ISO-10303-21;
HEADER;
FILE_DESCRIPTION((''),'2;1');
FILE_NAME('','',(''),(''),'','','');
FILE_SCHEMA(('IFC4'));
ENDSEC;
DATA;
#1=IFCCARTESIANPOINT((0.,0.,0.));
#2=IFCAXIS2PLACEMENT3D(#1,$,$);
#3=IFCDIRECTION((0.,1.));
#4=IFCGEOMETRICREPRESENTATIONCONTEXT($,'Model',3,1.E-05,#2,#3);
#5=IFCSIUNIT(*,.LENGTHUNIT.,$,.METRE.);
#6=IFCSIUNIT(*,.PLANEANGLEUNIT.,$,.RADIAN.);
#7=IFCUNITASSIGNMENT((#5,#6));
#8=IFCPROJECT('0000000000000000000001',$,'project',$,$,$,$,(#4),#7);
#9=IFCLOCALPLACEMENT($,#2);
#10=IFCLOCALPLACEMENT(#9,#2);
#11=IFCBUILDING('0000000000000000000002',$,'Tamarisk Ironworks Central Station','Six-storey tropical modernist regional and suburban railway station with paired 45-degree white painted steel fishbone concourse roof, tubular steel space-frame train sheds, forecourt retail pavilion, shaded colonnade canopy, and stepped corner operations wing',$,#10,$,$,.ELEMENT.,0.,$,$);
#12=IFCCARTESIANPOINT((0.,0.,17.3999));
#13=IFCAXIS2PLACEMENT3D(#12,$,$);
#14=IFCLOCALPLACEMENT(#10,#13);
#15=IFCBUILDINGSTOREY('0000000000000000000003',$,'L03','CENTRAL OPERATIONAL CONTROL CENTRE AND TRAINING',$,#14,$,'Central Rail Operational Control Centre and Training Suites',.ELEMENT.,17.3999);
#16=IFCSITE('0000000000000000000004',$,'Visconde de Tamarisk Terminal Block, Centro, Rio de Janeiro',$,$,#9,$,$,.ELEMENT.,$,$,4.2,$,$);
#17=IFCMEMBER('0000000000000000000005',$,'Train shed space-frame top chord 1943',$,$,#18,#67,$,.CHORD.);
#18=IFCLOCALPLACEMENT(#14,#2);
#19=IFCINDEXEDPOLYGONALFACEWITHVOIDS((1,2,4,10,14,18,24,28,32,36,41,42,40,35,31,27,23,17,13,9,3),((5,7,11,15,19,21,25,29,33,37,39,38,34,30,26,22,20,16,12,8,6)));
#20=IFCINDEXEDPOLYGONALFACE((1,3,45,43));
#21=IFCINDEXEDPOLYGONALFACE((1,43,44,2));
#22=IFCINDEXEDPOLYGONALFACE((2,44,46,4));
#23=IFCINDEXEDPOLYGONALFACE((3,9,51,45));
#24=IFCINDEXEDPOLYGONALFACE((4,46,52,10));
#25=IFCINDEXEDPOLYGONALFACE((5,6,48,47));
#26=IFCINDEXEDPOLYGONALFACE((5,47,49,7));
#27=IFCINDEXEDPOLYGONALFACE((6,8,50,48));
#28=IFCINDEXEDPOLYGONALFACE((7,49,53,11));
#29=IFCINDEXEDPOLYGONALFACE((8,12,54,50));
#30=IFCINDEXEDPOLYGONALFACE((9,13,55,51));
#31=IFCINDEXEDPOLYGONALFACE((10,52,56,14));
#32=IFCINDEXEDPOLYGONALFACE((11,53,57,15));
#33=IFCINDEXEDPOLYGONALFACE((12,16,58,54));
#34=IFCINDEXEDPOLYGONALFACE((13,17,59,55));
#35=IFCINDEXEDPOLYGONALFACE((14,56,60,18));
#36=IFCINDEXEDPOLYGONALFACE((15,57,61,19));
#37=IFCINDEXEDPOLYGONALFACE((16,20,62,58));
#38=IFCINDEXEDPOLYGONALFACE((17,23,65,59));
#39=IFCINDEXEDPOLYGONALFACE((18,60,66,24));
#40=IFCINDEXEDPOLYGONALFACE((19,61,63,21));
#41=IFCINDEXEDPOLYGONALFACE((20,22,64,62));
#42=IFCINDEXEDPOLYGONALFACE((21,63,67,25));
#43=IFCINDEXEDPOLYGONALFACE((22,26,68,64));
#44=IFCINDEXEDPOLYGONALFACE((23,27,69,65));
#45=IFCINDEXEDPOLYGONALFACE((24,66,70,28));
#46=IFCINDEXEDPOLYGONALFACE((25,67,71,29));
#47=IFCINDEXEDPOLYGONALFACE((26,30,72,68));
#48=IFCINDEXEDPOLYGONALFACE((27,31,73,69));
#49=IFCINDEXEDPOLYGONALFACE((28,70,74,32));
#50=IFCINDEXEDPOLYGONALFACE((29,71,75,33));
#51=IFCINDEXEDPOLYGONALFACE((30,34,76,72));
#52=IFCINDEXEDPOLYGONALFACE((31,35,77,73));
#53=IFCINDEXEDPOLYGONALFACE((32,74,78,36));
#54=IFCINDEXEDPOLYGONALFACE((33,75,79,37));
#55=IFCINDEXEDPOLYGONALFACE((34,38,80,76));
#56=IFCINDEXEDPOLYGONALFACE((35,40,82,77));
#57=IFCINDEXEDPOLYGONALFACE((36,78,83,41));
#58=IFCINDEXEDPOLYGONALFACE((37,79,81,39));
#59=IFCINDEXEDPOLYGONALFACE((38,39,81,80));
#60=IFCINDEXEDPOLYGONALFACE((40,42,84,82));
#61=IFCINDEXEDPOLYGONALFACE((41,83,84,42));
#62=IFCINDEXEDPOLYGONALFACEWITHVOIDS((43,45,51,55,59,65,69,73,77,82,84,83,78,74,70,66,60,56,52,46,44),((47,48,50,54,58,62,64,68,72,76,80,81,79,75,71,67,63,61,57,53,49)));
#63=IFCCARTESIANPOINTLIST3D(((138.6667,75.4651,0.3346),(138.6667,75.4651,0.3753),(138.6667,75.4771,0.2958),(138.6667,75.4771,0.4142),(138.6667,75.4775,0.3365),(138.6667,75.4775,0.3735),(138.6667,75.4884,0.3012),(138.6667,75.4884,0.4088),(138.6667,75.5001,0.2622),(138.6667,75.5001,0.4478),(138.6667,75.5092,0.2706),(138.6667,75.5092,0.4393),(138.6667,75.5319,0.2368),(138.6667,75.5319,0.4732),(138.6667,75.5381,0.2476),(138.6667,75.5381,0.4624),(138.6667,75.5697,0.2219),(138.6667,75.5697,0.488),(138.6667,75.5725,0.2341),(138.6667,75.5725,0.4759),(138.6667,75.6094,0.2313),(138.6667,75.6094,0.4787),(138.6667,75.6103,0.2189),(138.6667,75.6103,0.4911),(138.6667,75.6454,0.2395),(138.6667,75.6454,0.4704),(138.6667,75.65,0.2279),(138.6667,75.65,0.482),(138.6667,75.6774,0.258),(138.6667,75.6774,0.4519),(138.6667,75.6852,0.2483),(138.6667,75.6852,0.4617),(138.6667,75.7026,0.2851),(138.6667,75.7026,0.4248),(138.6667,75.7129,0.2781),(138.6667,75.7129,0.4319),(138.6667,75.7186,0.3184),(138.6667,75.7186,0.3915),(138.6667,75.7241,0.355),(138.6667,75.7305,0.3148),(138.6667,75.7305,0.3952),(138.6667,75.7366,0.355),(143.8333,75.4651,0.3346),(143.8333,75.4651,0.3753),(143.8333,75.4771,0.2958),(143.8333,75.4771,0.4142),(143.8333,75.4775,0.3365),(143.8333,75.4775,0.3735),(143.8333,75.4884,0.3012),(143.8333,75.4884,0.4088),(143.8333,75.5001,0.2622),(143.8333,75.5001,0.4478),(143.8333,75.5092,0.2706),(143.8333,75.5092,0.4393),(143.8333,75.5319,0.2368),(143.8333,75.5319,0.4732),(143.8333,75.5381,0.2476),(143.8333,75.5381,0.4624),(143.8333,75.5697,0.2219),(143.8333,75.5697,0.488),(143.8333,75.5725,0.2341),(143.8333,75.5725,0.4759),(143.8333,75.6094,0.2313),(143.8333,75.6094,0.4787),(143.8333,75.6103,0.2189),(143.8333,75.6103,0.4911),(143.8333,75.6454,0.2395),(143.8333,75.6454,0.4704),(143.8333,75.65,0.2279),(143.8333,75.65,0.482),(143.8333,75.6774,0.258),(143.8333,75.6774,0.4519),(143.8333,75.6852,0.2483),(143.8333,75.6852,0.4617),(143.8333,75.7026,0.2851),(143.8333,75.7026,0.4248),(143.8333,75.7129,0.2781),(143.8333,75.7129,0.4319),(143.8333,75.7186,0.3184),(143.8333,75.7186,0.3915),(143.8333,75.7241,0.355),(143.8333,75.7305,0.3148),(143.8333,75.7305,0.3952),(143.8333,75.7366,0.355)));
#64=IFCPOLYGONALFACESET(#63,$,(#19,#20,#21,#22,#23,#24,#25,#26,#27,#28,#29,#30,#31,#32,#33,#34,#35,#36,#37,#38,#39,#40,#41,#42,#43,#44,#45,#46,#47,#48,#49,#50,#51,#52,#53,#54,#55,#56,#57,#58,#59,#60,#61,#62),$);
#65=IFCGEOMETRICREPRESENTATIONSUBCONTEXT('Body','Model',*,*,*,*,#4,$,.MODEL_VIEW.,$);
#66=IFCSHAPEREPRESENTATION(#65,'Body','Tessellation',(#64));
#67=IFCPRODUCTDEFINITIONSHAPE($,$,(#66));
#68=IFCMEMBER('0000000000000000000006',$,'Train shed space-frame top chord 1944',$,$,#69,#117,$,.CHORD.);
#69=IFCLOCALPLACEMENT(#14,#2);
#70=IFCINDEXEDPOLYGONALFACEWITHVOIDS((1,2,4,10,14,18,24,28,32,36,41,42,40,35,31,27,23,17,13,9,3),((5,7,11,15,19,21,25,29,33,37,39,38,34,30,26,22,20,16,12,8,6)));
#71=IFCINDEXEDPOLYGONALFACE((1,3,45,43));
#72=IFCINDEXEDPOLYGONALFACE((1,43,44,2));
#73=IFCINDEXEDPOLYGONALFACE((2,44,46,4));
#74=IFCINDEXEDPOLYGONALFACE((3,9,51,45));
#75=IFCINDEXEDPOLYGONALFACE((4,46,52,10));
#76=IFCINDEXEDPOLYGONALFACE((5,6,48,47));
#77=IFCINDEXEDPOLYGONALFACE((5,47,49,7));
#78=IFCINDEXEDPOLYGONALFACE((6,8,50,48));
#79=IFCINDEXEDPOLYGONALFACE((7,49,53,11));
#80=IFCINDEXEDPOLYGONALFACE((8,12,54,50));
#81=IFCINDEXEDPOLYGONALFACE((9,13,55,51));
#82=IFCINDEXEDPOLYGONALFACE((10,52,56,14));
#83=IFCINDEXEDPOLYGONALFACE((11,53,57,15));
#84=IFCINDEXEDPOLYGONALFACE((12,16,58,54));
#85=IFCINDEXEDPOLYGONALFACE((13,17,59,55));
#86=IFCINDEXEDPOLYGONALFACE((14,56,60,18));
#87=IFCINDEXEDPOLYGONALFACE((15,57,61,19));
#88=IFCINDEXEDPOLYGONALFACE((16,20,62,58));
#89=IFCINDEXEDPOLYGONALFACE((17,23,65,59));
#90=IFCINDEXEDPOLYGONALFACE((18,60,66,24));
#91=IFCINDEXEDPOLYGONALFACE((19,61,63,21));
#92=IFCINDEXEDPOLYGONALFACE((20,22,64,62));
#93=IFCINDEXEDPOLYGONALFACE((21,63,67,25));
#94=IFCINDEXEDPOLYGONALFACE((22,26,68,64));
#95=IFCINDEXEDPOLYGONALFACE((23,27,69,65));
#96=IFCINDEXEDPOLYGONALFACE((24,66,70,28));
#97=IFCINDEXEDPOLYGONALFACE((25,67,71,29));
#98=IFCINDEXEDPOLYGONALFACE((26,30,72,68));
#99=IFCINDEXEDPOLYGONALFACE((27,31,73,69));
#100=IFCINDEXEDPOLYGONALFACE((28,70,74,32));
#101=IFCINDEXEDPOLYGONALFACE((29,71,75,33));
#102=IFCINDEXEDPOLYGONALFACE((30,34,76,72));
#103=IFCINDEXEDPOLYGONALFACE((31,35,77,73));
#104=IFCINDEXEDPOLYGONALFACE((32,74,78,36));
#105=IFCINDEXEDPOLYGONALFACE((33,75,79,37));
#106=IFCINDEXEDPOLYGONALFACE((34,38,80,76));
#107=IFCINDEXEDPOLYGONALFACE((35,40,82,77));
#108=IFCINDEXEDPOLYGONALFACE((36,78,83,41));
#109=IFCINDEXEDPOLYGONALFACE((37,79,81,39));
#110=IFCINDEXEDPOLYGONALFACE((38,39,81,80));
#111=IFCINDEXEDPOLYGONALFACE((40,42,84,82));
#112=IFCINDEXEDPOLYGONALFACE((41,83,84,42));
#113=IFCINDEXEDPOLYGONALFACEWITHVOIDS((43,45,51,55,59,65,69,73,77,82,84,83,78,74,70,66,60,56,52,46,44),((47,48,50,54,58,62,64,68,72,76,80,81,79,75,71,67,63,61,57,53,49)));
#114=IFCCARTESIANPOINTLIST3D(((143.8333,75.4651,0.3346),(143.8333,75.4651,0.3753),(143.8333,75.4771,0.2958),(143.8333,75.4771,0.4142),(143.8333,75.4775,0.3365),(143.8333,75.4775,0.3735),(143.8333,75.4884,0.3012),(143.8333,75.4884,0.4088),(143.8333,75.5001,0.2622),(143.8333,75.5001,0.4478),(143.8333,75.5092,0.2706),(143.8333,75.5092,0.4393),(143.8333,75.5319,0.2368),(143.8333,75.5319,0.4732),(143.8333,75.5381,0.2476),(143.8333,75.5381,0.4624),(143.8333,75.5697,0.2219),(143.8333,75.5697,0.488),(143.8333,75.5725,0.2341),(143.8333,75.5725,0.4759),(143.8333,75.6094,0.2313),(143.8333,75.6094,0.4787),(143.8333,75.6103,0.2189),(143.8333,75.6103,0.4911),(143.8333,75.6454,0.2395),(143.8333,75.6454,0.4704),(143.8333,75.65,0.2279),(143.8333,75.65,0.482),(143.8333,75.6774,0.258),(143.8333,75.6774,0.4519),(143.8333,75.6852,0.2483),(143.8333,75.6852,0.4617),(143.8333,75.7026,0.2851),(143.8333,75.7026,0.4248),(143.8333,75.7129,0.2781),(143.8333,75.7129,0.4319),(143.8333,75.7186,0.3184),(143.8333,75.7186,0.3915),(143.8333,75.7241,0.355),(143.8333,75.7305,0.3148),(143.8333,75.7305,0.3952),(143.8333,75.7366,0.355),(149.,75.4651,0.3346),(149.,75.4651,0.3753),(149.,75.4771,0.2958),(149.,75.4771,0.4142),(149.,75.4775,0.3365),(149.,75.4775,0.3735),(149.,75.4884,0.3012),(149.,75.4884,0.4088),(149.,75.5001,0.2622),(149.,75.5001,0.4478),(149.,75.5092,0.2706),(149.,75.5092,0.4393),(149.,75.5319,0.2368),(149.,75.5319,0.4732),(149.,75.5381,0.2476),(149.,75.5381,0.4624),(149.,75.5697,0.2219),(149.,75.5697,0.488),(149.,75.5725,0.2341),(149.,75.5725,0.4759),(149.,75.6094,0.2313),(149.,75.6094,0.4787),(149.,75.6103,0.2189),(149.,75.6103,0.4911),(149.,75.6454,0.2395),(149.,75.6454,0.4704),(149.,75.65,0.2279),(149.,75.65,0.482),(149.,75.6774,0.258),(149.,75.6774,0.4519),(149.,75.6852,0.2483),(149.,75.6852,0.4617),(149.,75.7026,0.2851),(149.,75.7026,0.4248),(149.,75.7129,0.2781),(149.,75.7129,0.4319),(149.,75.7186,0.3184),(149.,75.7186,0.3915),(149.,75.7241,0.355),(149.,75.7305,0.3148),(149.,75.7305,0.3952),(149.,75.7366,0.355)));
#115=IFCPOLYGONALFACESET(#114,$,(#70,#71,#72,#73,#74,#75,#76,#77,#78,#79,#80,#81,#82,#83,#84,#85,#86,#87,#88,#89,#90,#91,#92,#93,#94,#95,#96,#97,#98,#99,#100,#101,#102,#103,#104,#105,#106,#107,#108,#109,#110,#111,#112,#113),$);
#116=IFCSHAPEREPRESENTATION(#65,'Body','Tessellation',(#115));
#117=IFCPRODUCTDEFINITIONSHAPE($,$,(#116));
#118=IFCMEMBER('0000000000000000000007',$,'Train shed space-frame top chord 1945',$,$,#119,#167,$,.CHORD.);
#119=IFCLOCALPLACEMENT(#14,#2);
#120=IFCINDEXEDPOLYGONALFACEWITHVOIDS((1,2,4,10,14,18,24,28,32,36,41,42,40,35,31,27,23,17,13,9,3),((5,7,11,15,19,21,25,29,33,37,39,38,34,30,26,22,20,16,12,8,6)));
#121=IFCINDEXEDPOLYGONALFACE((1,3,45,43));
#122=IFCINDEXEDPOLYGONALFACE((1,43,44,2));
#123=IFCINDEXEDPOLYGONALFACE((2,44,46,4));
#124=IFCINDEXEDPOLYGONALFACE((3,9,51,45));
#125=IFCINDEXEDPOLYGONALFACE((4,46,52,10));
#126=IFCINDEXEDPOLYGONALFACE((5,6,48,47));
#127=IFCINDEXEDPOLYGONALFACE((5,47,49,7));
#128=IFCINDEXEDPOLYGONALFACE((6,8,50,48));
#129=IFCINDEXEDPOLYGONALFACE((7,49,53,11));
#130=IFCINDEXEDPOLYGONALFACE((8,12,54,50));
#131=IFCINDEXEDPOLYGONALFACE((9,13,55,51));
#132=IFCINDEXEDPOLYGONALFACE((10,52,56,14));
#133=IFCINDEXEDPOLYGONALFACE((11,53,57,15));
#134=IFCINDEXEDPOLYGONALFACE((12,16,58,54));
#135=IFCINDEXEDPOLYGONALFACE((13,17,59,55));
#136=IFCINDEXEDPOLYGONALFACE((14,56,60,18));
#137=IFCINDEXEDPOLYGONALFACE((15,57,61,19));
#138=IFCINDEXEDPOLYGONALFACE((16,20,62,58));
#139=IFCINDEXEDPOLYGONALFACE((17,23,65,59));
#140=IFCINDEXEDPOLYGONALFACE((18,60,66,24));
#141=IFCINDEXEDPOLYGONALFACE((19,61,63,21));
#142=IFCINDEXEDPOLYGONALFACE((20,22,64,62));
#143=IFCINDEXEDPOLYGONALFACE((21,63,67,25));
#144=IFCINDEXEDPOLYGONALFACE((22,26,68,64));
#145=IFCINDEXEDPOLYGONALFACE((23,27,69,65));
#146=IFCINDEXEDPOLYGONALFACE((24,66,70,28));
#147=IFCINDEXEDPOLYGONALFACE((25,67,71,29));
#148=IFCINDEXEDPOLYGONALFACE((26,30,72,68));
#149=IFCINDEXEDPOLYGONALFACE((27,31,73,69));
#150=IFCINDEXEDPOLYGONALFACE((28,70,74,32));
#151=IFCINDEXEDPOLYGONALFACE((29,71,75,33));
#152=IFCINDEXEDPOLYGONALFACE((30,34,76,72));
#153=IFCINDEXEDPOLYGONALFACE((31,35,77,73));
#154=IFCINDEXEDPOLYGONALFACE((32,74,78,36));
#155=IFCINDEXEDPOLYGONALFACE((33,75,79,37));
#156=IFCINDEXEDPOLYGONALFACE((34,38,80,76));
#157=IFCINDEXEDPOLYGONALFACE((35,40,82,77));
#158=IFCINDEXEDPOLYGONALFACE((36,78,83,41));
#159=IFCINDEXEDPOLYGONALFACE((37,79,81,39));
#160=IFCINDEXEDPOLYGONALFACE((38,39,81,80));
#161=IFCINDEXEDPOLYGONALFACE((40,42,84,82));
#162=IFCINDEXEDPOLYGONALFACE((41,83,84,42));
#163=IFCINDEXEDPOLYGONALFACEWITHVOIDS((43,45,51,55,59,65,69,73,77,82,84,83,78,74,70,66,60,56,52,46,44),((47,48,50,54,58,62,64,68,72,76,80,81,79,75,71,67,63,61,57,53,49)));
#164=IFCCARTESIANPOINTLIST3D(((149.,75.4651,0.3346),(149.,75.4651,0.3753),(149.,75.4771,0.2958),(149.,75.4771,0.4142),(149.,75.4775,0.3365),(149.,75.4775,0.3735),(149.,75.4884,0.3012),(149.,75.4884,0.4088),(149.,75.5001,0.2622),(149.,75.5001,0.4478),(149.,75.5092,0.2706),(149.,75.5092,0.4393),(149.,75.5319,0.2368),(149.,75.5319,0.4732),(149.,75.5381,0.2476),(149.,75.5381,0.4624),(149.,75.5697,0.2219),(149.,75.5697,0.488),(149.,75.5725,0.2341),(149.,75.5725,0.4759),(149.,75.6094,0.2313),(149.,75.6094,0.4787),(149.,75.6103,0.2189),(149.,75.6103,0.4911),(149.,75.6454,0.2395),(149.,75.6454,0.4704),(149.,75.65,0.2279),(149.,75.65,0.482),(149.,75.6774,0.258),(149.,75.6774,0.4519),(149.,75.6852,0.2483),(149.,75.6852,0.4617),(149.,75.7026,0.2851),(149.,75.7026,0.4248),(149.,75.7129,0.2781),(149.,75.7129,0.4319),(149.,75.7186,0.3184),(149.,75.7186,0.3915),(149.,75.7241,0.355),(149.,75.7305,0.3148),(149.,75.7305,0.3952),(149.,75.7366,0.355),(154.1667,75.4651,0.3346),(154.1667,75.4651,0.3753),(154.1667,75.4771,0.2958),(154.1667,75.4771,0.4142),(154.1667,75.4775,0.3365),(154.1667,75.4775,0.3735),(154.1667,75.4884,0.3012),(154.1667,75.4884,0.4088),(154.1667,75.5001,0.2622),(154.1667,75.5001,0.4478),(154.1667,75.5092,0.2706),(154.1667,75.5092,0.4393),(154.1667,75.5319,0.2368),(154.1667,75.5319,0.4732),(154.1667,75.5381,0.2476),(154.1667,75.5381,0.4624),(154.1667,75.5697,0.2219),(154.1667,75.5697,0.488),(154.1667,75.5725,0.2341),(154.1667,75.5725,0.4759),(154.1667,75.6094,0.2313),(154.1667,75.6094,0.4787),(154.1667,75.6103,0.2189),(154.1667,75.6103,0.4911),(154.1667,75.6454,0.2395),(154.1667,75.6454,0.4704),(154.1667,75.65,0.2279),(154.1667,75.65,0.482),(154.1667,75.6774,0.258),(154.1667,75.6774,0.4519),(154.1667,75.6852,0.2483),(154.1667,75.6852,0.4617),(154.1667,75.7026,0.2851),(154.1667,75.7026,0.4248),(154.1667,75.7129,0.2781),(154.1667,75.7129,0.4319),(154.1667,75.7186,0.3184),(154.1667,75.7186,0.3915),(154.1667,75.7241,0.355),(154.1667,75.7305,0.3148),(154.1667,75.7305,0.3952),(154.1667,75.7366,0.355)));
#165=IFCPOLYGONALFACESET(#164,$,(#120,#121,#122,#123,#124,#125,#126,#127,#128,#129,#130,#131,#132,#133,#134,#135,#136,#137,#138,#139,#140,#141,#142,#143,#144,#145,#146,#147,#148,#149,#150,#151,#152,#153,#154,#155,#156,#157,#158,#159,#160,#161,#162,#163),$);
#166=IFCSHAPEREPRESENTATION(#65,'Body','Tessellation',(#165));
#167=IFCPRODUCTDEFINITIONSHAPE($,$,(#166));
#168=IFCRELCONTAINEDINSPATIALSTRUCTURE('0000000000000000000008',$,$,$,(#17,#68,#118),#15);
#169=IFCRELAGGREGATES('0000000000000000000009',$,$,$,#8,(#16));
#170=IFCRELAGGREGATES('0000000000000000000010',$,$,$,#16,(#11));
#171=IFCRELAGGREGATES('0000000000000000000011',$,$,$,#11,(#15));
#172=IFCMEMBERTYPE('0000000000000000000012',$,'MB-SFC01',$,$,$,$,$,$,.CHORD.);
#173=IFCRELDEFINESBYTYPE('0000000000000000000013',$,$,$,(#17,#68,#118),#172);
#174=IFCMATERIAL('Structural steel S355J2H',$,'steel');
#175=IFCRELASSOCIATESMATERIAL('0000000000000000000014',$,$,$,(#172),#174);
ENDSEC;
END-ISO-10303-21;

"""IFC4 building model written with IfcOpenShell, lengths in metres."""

from ifc_helpers import new_model, si_unit, direction, frame, origin, origin_2d, place, context, subcontext, project, spatial, hollow_circle, extrude, material, material_profile, profile_set, type_object, element, save


model = new_model("IFC4")

# Units and contexts
model_context = context("Model", 3, precision=1e-05, world=origin(), true_north=direction((0.0, 1.0)))
body_context = subcontext(model_context, "Body", "Model", "MODEL_VIEW")
ifc_project = project(units=[si_unit("LENGTHUNIT", "METRE"), si_unit("PLANEANGLEUNIT", "RADIAN")], contexts=[model_context])

# Site, building, storey
site_placement = place(None, origin())
site = spatial("IfcSite", under=ifc_project, at=site_placement, Name="Visconde de Tamarisk Terminal Block, Centro, Rio de Janeiro", CompositionType="ELEMENT", RefElevation=4.2)
building_placement = place(site_placement, origin())
building = spatial("IfcBuilding", under=site, at=building_placement, Name="Tamarisk Ironworks Central Station", Description="Six-storey tropical modernist regional and suburban railway station with paired 45-degree white painted steel fishbone concourse roof, tubular steel space-frame train sheds, forecourt retail pavilion, shaded colonnade canopy, and stepped corner operations wing", CompositionType="ELEMENT", ElevationOfRefHeight=0.0)
storey_placement = place(building_placement, frame((0.0, 0.0, 17.3999)))
storey = spatial("IfcBuildingStorey", under=building, at=storey_placement, Name="L03", Description="CENTRAL OPERATIONAL CONTROL CENTRE AND TRAINING", LongName="Central Rail Operational Control Centre and Training Suites", CompositionType="ELEMENT", Elevation=17.3999)

# Members
ifc_material = material(Name="Structural steel S355J2H", Category="steel")
ifc_material_profile_1 = material_profile(ifc_material, hollow_circle(Radius=0.1365, WallThickness=0.0125, at=origin_2d()), Name="CHS 273x12.5")
ifc_profile_set_1 = profile_set([ifc_material_profile_1], Name="Structural steel S355J2H")
member_type_1 = type_object("IfcMemberType", Name="MB-SFC01", PredefinedType="CHORD", material=ifc_profile_set_1)
member_1_placement = place(storey_placement, frame((138.6667, 75.6001, 0.355), z_axis=(1.0, 0.0, 0.0), x_axis=(0.0, 1.0, 0.0)))
element("IfcMember", 1, at=member_1_placement, inside=storey, type_object=member_type_1, Name="Train shed space-frame top chord 1943", PredefinedType="CHORD", context=body_context, shape_type="SweptSolid", body=[
    extrude(hollow_circle(Radius=0.1365, WallThickness=0.0125, at=origin_2d()), origin(), (0.0, 0.0, 1.0), 5.1665),
])
for number, where, z_axis, x_axis, name in (
    (2, (143.8333, 75.6001, 0.355), (1.0, 0.0, 0.0), (0.0, 1.0, 0.0), "Train shed space-frame top chord 1944"),
    (3, (149.0, 75.6001, 0.355), (1.0, 0.0, 0.0), (0.0, 1.0, 0.0), "Train shed space-frame top chord 1945"),
):
    element("IfcMember", number, at=place(storey_placement, frame(where, z_axis=z_axis, x_axis=x_axis)), inside=storey, type_object=member_type_1, Name=name, PredefinedType="CHORD", context=body_context, shape_type="SweptSolid", body=[
        extrude(hollow_circle(Radius=0.1365, WallThickness=0.0125, at=origin_2d()), origin(), (0.0, 0.0, 1.0), 5.1667),
    ])

save(model, "model.ifc")
